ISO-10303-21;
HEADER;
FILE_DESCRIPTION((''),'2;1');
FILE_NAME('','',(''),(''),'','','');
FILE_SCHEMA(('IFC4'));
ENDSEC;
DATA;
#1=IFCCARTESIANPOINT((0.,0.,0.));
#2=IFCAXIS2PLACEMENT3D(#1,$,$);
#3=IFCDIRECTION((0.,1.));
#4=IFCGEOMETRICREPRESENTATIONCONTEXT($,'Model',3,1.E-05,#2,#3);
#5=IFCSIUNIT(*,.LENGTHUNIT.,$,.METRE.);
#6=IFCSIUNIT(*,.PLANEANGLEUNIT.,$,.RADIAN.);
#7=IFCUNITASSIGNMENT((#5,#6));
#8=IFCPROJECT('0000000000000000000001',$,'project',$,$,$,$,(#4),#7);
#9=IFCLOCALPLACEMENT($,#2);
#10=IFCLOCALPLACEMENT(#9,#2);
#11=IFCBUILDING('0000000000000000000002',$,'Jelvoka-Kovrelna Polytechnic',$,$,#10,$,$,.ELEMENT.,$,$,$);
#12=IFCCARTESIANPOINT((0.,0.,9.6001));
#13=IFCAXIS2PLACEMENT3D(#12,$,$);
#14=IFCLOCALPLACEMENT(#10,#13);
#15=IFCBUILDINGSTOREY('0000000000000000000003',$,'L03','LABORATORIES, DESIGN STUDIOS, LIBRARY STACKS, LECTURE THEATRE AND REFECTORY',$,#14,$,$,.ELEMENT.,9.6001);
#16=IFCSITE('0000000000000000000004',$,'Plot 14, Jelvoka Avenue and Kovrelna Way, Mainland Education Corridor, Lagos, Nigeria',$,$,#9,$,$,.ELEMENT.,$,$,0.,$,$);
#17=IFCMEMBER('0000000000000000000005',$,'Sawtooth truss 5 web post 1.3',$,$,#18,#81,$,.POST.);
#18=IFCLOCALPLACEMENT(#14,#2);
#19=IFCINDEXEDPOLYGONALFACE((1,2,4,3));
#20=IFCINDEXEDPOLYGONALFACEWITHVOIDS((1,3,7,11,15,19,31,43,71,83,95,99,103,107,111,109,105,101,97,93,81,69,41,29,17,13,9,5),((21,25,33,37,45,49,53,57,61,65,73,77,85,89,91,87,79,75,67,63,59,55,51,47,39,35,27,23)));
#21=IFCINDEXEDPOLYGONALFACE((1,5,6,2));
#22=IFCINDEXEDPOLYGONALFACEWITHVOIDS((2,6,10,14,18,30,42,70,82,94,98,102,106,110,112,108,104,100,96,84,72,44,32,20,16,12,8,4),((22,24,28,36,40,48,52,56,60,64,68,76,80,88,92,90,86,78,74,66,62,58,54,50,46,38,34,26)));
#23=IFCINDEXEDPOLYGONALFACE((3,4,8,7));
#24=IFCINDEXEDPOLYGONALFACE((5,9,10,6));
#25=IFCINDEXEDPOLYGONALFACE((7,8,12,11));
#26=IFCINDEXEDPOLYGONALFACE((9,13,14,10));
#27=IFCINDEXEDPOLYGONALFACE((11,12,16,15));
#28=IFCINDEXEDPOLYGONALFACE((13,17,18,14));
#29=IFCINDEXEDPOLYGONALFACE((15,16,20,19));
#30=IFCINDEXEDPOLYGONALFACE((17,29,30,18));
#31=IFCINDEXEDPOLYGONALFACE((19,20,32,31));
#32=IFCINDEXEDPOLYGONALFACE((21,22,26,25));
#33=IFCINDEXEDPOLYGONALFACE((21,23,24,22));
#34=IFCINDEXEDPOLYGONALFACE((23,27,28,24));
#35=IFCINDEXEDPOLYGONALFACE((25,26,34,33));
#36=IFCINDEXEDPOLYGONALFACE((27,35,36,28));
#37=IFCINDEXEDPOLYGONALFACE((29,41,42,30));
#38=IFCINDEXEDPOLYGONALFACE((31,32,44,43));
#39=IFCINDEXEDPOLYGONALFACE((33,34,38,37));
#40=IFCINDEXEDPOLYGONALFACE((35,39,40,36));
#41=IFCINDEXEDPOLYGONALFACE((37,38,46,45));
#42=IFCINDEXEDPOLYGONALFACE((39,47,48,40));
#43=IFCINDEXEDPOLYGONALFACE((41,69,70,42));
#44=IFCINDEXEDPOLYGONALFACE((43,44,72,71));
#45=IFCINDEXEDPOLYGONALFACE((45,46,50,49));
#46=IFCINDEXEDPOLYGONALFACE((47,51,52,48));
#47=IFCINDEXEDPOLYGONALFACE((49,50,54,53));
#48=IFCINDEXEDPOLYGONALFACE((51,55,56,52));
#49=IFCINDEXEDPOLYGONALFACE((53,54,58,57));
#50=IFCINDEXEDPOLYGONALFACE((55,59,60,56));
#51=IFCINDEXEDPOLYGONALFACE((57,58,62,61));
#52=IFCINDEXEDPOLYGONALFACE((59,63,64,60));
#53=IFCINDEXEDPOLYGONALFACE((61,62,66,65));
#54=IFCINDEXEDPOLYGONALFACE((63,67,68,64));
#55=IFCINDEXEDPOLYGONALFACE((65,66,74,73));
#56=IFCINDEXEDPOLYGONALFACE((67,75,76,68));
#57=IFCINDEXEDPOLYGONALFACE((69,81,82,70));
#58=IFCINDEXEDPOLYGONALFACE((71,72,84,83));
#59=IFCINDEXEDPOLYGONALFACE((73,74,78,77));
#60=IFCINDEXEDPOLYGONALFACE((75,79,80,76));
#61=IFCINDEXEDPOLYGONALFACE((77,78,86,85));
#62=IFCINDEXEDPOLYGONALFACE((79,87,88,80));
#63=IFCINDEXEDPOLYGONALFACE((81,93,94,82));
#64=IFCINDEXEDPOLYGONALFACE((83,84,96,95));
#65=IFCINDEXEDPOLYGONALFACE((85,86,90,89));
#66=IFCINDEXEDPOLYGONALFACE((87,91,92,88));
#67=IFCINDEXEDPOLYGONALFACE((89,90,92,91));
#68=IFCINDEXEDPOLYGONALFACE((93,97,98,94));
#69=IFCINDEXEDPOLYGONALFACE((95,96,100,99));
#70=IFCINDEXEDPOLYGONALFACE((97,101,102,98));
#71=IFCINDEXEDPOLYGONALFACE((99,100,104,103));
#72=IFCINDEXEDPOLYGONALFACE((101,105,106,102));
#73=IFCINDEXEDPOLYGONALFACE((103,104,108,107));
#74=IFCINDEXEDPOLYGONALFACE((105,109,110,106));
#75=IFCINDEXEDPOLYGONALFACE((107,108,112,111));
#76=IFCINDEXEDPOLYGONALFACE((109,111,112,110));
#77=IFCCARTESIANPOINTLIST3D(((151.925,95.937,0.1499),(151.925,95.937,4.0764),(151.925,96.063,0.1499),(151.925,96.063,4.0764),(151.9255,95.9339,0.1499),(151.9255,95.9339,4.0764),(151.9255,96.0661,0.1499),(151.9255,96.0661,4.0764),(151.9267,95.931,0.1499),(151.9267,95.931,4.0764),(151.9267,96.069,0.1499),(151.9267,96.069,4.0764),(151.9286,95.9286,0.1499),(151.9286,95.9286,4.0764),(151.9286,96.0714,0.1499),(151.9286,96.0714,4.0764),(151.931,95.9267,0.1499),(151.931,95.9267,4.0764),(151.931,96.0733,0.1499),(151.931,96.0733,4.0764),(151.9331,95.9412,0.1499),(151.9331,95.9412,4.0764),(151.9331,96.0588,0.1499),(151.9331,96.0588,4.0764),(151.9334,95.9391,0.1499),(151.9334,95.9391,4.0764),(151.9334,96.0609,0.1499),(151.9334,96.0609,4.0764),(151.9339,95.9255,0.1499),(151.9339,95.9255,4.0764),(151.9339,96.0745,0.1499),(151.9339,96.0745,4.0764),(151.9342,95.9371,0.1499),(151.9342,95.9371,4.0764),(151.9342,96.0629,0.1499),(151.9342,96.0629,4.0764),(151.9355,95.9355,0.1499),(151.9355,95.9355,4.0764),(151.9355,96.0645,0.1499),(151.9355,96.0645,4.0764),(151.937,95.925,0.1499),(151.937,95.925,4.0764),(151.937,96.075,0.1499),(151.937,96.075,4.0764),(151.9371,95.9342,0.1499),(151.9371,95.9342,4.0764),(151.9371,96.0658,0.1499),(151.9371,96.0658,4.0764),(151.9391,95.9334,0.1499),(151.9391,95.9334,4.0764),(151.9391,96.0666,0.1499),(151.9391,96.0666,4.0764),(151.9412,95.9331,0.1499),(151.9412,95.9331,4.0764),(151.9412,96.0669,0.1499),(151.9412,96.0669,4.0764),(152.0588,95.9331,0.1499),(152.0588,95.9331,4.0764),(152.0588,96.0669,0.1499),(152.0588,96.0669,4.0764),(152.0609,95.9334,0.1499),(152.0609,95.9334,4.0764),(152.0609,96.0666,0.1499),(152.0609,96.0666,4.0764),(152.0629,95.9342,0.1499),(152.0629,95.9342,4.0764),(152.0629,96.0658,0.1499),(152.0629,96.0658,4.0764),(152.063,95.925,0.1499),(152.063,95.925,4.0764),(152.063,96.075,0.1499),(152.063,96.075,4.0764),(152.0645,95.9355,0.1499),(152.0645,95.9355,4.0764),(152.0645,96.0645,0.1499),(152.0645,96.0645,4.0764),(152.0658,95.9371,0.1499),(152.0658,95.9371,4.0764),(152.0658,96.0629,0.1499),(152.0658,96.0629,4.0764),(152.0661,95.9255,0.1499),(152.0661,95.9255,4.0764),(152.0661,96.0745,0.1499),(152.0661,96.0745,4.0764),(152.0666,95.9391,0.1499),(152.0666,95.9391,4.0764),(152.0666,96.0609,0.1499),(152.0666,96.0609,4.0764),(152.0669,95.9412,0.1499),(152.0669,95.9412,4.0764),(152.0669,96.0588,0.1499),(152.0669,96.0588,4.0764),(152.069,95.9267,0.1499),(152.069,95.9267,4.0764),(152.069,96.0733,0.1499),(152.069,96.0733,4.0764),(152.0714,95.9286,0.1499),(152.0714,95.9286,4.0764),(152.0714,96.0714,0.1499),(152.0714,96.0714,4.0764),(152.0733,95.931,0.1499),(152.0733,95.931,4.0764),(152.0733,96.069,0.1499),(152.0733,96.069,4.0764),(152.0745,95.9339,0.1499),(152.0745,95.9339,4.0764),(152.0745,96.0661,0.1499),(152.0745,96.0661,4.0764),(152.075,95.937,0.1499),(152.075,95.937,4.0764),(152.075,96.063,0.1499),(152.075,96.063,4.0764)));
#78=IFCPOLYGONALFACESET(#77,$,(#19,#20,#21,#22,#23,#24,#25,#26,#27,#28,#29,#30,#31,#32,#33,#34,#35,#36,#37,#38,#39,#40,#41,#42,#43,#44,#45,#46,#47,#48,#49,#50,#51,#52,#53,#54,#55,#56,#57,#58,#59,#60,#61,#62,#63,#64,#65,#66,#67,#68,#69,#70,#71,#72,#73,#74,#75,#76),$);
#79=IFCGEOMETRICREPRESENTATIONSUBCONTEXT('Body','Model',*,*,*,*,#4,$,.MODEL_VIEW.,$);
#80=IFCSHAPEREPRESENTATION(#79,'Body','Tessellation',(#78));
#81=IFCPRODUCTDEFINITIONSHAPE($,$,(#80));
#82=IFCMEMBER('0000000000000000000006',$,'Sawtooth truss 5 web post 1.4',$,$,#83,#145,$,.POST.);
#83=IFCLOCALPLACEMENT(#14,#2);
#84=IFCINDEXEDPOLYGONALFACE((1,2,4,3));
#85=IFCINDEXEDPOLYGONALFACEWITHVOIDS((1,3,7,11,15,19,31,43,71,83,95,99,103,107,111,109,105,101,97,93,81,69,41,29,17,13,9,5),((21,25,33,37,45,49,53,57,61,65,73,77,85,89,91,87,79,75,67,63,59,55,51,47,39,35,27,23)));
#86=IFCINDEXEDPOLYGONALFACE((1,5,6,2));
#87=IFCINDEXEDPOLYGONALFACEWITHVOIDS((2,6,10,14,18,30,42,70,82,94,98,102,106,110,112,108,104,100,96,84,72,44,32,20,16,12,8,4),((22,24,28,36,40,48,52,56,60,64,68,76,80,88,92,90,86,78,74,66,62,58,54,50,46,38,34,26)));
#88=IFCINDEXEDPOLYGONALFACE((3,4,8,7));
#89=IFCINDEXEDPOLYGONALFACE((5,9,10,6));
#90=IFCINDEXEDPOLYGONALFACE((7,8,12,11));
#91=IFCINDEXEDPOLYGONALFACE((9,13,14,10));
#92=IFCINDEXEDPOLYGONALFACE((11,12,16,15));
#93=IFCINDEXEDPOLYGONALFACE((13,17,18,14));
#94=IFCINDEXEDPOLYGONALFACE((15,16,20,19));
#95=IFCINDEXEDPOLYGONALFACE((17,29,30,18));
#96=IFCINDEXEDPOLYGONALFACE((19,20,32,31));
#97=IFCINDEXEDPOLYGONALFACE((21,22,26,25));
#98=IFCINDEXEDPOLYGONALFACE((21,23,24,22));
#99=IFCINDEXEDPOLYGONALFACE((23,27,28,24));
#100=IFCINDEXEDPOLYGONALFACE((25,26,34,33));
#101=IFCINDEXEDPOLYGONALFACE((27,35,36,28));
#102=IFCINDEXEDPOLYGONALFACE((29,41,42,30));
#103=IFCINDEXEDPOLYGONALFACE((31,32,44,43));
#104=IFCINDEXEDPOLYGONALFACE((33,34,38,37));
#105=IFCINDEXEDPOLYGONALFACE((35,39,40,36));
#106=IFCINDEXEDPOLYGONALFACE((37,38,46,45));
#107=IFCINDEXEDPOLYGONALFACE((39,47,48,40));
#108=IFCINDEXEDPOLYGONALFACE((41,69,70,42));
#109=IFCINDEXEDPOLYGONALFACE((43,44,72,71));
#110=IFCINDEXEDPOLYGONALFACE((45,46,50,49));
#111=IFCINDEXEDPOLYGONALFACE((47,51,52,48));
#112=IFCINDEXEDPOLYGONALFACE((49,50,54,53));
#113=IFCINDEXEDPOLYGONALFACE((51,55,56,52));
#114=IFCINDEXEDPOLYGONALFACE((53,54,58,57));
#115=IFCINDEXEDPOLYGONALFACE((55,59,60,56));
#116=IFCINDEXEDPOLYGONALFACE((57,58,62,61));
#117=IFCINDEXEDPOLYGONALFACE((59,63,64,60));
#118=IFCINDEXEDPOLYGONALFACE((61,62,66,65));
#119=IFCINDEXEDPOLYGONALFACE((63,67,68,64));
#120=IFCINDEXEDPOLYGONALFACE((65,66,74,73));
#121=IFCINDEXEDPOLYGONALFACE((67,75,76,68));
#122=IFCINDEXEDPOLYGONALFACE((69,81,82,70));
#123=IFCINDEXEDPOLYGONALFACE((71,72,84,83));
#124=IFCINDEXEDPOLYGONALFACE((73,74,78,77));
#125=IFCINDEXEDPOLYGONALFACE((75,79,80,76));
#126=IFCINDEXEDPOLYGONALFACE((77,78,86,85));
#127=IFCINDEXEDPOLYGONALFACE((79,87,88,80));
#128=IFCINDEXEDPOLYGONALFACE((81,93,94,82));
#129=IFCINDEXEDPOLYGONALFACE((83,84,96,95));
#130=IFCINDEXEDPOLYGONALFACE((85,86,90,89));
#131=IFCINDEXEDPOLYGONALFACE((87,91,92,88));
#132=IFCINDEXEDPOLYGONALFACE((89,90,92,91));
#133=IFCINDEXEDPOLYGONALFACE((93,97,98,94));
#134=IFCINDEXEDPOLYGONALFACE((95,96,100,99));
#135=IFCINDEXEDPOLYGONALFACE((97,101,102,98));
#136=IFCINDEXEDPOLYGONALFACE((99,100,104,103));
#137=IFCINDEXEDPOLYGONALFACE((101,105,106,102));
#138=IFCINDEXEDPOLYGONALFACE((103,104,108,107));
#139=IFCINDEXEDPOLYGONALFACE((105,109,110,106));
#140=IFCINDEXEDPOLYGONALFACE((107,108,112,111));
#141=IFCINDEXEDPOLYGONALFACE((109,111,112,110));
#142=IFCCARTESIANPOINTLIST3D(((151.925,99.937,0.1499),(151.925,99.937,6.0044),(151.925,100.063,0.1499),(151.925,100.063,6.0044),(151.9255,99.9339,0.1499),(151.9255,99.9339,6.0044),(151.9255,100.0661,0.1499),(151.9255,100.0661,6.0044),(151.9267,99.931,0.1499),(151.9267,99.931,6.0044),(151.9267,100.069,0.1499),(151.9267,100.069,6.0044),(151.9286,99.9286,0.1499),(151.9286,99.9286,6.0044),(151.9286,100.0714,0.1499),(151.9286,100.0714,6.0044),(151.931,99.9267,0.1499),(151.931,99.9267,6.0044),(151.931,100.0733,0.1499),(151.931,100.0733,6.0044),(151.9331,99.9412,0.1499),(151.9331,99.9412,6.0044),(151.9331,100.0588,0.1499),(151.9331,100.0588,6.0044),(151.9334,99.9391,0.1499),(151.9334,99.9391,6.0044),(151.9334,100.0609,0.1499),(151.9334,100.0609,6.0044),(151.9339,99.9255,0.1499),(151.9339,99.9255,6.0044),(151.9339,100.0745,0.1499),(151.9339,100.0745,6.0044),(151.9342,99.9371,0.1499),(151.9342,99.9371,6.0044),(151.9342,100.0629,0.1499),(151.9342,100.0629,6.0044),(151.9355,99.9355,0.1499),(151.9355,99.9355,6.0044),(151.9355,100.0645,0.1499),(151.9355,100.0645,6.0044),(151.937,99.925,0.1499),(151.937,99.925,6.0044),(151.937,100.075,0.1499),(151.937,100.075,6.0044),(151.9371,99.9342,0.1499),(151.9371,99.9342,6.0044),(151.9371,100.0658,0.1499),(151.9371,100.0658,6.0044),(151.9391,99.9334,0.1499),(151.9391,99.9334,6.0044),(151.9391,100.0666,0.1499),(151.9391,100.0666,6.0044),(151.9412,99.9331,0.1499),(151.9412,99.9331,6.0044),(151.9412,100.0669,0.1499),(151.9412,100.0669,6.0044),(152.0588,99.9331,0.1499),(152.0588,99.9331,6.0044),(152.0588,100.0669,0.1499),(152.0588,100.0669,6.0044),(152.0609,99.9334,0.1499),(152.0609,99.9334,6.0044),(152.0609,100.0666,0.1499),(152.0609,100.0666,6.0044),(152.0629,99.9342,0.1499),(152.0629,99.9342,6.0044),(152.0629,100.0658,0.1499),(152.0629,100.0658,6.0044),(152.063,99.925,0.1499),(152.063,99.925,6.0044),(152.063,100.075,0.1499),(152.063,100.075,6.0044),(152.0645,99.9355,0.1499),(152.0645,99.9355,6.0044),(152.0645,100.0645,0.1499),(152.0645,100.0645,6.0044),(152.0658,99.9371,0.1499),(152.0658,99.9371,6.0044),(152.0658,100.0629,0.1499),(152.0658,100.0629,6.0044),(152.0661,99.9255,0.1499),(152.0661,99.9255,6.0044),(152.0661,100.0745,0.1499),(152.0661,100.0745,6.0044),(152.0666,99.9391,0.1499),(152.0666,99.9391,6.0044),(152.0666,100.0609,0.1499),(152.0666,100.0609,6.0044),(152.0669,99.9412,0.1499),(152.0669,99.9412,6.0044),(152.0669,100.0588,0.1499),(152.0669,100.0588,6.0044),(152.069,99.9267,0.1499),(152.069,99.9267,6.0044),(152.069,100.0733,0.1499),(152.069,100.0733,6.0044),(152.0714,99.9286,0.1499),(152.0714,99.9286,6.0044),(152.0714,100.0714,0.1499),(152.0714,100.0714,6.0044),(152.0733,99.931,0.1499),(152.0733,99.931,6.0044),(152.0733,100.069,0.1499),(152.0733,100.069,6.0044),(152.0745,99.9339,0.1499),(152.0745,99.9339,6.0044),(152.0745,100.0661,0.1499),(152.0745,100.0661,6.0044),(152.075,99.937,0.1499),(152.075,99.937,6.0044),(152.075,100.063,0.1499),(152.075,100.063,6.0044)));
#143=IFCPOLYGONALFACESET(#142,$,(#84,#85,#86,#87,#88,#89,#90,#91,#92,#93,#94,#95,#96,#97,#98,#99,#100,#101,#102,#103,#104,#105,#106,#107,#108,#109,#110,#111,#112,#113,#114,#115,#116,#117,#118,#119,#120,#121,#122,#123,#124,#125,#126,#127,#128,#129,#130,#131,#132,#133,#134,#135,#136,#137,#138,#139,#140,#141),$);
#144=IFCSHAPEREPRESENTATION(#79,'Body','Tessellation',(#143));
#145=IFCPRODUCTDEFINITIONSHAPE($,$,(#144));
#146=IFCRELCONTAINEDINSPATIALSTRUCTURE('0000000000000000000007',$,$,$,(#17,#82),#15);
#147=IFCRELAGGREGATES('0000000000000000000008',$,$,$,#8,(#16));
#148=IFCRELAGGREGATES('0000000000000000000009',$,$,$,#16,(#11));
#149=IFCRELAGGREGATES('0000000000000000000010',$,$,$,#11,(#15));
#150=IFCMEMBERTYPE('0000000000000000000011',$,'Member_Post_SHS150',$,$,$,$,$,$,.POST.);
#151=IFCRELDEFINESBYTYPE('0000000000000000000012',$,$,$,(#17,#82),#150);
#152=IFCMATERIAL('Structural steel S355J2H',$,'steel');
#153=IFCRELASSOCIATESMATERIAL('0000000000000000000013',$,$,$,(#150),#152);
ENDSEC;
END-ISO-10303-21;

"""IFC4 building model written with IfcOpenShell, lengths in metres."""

from ifc_helpers import new_model, si_unit, direction, frame, origin, origin_2d, place, context, subcontext, project, spatial, hollow_rectangle, extrude, material, material_profile, profile_set, type_object, element, save


model = new_model("IFC4")

# Units and contexts
model_context = context("Model", 3, precision=1e-05, world=origin(), true_north=direction((0.0, 1.0)))
body_context = subcontext(model_context, "Body", "Model", "MODEL_VIEW")
ifc_project = project(units=[si_unit("LENGTHUNIT", "METRE"), si_unit("PLANEANGLEUNIT", "RADIAN")], contexts=[model_context])

# Site, building, storey
site_placement = place(None, origin())
site = spatial("IfcSite", under=ifc_project, at=site_placement, Name="Plot 14, Jelvoka Avenue and Kovrelna Way, Mainland Education Corridor, Lagos, Nigeria", CompositionType="ELEMENT", RefElevation=0.0)
building_placement = place(site_placement, origin())
building = spatial("IfcBuilding", under=site, at=building_placement, Name="Jelvoka-Kovrelna Polytechnic", CompositionType="ELEMENT")
storey_placement = place(building_placement, frame((0.0, 0.0, 9.6001)))
storey = spatial("IfcBuildingStorey", under=building, at=storey_placement, Name="L03", Description="LABORATORIES, DESIGN STUDIOS, LIBRARY STACKS, LECTURE THEATRE AND REFECTORY", CompositionType="ELEMENT", Elevation=9.6001)

# Members
ifc_material_1 = material(Name="Structural steel S355J2H", Category="steel")
ifc_material_profile_1 = material_profile(ifc_material_1, hollow_rectangle(XDim=0.1499, YDim=0.1499, WallThickness=0.0081, InnerFilletRadius=0.0081, OuterFilletRadius=0.012, at=origin_2d()), Name="150x150x8.0 SHS")
ifc_profile_set_1 = profile_set([ifc_material_profile_1], Name="Structural steel S355J2H")
member_type_1 = type_object("IfcMemberType", Name="Member_Post_SHS150", PredefinedType="POST", material=ifc_profile_set_1)
member_1_placement = place(storey_placement, frame((152.0, 96.0, 0.1499), z_axis=(0.0, 0.0, 1.0), x_axis=(1.0, 0.0, 0.0)))
element("IfcMember", 1, at=member_1_placement, inside=storey, type_object=member_type_1, Name="Sawtooth truss 5 web post 1.3", PredefinedType="POST", context=body_context, shape_type="SweptSolid", body=[
    extrude(hollow_rectangle(XDim=0.1499, YDim=0.1499, WallThickness=0.0081, InnerFilletRadius=0.0081, OuterFilletRadius=0.012, at=origin_2d()), origin(), (0.0, 0.0, 1.0), 3.9265),
])
member_2_placement = place(storey_placement, frame((152.0, 100.0, 0.1499), z_axis=(0.0, 0.0, 1.0), x_axis=(1.0, 0.0, 0.0)))
element("IfcMember", 2, at=member_2_placement, inside=storey, type_object=member_type_1, Name="Sawtooth truss 5 web post 1.4", PredefinedType="POST", context=body_context, shape_type="SweptSolid", body=[
    extrude(hollow_rectangle(XDim=0.1499, YDim=0.1499, WallThickness=0.0081, InnerFilletRadius=0.0081, OuterFilletRadius=0.012, at=origin_2d()), origin(), (0.0, 0.0, 1.0), 5.8545),
])

save(model, "model.ifc")
